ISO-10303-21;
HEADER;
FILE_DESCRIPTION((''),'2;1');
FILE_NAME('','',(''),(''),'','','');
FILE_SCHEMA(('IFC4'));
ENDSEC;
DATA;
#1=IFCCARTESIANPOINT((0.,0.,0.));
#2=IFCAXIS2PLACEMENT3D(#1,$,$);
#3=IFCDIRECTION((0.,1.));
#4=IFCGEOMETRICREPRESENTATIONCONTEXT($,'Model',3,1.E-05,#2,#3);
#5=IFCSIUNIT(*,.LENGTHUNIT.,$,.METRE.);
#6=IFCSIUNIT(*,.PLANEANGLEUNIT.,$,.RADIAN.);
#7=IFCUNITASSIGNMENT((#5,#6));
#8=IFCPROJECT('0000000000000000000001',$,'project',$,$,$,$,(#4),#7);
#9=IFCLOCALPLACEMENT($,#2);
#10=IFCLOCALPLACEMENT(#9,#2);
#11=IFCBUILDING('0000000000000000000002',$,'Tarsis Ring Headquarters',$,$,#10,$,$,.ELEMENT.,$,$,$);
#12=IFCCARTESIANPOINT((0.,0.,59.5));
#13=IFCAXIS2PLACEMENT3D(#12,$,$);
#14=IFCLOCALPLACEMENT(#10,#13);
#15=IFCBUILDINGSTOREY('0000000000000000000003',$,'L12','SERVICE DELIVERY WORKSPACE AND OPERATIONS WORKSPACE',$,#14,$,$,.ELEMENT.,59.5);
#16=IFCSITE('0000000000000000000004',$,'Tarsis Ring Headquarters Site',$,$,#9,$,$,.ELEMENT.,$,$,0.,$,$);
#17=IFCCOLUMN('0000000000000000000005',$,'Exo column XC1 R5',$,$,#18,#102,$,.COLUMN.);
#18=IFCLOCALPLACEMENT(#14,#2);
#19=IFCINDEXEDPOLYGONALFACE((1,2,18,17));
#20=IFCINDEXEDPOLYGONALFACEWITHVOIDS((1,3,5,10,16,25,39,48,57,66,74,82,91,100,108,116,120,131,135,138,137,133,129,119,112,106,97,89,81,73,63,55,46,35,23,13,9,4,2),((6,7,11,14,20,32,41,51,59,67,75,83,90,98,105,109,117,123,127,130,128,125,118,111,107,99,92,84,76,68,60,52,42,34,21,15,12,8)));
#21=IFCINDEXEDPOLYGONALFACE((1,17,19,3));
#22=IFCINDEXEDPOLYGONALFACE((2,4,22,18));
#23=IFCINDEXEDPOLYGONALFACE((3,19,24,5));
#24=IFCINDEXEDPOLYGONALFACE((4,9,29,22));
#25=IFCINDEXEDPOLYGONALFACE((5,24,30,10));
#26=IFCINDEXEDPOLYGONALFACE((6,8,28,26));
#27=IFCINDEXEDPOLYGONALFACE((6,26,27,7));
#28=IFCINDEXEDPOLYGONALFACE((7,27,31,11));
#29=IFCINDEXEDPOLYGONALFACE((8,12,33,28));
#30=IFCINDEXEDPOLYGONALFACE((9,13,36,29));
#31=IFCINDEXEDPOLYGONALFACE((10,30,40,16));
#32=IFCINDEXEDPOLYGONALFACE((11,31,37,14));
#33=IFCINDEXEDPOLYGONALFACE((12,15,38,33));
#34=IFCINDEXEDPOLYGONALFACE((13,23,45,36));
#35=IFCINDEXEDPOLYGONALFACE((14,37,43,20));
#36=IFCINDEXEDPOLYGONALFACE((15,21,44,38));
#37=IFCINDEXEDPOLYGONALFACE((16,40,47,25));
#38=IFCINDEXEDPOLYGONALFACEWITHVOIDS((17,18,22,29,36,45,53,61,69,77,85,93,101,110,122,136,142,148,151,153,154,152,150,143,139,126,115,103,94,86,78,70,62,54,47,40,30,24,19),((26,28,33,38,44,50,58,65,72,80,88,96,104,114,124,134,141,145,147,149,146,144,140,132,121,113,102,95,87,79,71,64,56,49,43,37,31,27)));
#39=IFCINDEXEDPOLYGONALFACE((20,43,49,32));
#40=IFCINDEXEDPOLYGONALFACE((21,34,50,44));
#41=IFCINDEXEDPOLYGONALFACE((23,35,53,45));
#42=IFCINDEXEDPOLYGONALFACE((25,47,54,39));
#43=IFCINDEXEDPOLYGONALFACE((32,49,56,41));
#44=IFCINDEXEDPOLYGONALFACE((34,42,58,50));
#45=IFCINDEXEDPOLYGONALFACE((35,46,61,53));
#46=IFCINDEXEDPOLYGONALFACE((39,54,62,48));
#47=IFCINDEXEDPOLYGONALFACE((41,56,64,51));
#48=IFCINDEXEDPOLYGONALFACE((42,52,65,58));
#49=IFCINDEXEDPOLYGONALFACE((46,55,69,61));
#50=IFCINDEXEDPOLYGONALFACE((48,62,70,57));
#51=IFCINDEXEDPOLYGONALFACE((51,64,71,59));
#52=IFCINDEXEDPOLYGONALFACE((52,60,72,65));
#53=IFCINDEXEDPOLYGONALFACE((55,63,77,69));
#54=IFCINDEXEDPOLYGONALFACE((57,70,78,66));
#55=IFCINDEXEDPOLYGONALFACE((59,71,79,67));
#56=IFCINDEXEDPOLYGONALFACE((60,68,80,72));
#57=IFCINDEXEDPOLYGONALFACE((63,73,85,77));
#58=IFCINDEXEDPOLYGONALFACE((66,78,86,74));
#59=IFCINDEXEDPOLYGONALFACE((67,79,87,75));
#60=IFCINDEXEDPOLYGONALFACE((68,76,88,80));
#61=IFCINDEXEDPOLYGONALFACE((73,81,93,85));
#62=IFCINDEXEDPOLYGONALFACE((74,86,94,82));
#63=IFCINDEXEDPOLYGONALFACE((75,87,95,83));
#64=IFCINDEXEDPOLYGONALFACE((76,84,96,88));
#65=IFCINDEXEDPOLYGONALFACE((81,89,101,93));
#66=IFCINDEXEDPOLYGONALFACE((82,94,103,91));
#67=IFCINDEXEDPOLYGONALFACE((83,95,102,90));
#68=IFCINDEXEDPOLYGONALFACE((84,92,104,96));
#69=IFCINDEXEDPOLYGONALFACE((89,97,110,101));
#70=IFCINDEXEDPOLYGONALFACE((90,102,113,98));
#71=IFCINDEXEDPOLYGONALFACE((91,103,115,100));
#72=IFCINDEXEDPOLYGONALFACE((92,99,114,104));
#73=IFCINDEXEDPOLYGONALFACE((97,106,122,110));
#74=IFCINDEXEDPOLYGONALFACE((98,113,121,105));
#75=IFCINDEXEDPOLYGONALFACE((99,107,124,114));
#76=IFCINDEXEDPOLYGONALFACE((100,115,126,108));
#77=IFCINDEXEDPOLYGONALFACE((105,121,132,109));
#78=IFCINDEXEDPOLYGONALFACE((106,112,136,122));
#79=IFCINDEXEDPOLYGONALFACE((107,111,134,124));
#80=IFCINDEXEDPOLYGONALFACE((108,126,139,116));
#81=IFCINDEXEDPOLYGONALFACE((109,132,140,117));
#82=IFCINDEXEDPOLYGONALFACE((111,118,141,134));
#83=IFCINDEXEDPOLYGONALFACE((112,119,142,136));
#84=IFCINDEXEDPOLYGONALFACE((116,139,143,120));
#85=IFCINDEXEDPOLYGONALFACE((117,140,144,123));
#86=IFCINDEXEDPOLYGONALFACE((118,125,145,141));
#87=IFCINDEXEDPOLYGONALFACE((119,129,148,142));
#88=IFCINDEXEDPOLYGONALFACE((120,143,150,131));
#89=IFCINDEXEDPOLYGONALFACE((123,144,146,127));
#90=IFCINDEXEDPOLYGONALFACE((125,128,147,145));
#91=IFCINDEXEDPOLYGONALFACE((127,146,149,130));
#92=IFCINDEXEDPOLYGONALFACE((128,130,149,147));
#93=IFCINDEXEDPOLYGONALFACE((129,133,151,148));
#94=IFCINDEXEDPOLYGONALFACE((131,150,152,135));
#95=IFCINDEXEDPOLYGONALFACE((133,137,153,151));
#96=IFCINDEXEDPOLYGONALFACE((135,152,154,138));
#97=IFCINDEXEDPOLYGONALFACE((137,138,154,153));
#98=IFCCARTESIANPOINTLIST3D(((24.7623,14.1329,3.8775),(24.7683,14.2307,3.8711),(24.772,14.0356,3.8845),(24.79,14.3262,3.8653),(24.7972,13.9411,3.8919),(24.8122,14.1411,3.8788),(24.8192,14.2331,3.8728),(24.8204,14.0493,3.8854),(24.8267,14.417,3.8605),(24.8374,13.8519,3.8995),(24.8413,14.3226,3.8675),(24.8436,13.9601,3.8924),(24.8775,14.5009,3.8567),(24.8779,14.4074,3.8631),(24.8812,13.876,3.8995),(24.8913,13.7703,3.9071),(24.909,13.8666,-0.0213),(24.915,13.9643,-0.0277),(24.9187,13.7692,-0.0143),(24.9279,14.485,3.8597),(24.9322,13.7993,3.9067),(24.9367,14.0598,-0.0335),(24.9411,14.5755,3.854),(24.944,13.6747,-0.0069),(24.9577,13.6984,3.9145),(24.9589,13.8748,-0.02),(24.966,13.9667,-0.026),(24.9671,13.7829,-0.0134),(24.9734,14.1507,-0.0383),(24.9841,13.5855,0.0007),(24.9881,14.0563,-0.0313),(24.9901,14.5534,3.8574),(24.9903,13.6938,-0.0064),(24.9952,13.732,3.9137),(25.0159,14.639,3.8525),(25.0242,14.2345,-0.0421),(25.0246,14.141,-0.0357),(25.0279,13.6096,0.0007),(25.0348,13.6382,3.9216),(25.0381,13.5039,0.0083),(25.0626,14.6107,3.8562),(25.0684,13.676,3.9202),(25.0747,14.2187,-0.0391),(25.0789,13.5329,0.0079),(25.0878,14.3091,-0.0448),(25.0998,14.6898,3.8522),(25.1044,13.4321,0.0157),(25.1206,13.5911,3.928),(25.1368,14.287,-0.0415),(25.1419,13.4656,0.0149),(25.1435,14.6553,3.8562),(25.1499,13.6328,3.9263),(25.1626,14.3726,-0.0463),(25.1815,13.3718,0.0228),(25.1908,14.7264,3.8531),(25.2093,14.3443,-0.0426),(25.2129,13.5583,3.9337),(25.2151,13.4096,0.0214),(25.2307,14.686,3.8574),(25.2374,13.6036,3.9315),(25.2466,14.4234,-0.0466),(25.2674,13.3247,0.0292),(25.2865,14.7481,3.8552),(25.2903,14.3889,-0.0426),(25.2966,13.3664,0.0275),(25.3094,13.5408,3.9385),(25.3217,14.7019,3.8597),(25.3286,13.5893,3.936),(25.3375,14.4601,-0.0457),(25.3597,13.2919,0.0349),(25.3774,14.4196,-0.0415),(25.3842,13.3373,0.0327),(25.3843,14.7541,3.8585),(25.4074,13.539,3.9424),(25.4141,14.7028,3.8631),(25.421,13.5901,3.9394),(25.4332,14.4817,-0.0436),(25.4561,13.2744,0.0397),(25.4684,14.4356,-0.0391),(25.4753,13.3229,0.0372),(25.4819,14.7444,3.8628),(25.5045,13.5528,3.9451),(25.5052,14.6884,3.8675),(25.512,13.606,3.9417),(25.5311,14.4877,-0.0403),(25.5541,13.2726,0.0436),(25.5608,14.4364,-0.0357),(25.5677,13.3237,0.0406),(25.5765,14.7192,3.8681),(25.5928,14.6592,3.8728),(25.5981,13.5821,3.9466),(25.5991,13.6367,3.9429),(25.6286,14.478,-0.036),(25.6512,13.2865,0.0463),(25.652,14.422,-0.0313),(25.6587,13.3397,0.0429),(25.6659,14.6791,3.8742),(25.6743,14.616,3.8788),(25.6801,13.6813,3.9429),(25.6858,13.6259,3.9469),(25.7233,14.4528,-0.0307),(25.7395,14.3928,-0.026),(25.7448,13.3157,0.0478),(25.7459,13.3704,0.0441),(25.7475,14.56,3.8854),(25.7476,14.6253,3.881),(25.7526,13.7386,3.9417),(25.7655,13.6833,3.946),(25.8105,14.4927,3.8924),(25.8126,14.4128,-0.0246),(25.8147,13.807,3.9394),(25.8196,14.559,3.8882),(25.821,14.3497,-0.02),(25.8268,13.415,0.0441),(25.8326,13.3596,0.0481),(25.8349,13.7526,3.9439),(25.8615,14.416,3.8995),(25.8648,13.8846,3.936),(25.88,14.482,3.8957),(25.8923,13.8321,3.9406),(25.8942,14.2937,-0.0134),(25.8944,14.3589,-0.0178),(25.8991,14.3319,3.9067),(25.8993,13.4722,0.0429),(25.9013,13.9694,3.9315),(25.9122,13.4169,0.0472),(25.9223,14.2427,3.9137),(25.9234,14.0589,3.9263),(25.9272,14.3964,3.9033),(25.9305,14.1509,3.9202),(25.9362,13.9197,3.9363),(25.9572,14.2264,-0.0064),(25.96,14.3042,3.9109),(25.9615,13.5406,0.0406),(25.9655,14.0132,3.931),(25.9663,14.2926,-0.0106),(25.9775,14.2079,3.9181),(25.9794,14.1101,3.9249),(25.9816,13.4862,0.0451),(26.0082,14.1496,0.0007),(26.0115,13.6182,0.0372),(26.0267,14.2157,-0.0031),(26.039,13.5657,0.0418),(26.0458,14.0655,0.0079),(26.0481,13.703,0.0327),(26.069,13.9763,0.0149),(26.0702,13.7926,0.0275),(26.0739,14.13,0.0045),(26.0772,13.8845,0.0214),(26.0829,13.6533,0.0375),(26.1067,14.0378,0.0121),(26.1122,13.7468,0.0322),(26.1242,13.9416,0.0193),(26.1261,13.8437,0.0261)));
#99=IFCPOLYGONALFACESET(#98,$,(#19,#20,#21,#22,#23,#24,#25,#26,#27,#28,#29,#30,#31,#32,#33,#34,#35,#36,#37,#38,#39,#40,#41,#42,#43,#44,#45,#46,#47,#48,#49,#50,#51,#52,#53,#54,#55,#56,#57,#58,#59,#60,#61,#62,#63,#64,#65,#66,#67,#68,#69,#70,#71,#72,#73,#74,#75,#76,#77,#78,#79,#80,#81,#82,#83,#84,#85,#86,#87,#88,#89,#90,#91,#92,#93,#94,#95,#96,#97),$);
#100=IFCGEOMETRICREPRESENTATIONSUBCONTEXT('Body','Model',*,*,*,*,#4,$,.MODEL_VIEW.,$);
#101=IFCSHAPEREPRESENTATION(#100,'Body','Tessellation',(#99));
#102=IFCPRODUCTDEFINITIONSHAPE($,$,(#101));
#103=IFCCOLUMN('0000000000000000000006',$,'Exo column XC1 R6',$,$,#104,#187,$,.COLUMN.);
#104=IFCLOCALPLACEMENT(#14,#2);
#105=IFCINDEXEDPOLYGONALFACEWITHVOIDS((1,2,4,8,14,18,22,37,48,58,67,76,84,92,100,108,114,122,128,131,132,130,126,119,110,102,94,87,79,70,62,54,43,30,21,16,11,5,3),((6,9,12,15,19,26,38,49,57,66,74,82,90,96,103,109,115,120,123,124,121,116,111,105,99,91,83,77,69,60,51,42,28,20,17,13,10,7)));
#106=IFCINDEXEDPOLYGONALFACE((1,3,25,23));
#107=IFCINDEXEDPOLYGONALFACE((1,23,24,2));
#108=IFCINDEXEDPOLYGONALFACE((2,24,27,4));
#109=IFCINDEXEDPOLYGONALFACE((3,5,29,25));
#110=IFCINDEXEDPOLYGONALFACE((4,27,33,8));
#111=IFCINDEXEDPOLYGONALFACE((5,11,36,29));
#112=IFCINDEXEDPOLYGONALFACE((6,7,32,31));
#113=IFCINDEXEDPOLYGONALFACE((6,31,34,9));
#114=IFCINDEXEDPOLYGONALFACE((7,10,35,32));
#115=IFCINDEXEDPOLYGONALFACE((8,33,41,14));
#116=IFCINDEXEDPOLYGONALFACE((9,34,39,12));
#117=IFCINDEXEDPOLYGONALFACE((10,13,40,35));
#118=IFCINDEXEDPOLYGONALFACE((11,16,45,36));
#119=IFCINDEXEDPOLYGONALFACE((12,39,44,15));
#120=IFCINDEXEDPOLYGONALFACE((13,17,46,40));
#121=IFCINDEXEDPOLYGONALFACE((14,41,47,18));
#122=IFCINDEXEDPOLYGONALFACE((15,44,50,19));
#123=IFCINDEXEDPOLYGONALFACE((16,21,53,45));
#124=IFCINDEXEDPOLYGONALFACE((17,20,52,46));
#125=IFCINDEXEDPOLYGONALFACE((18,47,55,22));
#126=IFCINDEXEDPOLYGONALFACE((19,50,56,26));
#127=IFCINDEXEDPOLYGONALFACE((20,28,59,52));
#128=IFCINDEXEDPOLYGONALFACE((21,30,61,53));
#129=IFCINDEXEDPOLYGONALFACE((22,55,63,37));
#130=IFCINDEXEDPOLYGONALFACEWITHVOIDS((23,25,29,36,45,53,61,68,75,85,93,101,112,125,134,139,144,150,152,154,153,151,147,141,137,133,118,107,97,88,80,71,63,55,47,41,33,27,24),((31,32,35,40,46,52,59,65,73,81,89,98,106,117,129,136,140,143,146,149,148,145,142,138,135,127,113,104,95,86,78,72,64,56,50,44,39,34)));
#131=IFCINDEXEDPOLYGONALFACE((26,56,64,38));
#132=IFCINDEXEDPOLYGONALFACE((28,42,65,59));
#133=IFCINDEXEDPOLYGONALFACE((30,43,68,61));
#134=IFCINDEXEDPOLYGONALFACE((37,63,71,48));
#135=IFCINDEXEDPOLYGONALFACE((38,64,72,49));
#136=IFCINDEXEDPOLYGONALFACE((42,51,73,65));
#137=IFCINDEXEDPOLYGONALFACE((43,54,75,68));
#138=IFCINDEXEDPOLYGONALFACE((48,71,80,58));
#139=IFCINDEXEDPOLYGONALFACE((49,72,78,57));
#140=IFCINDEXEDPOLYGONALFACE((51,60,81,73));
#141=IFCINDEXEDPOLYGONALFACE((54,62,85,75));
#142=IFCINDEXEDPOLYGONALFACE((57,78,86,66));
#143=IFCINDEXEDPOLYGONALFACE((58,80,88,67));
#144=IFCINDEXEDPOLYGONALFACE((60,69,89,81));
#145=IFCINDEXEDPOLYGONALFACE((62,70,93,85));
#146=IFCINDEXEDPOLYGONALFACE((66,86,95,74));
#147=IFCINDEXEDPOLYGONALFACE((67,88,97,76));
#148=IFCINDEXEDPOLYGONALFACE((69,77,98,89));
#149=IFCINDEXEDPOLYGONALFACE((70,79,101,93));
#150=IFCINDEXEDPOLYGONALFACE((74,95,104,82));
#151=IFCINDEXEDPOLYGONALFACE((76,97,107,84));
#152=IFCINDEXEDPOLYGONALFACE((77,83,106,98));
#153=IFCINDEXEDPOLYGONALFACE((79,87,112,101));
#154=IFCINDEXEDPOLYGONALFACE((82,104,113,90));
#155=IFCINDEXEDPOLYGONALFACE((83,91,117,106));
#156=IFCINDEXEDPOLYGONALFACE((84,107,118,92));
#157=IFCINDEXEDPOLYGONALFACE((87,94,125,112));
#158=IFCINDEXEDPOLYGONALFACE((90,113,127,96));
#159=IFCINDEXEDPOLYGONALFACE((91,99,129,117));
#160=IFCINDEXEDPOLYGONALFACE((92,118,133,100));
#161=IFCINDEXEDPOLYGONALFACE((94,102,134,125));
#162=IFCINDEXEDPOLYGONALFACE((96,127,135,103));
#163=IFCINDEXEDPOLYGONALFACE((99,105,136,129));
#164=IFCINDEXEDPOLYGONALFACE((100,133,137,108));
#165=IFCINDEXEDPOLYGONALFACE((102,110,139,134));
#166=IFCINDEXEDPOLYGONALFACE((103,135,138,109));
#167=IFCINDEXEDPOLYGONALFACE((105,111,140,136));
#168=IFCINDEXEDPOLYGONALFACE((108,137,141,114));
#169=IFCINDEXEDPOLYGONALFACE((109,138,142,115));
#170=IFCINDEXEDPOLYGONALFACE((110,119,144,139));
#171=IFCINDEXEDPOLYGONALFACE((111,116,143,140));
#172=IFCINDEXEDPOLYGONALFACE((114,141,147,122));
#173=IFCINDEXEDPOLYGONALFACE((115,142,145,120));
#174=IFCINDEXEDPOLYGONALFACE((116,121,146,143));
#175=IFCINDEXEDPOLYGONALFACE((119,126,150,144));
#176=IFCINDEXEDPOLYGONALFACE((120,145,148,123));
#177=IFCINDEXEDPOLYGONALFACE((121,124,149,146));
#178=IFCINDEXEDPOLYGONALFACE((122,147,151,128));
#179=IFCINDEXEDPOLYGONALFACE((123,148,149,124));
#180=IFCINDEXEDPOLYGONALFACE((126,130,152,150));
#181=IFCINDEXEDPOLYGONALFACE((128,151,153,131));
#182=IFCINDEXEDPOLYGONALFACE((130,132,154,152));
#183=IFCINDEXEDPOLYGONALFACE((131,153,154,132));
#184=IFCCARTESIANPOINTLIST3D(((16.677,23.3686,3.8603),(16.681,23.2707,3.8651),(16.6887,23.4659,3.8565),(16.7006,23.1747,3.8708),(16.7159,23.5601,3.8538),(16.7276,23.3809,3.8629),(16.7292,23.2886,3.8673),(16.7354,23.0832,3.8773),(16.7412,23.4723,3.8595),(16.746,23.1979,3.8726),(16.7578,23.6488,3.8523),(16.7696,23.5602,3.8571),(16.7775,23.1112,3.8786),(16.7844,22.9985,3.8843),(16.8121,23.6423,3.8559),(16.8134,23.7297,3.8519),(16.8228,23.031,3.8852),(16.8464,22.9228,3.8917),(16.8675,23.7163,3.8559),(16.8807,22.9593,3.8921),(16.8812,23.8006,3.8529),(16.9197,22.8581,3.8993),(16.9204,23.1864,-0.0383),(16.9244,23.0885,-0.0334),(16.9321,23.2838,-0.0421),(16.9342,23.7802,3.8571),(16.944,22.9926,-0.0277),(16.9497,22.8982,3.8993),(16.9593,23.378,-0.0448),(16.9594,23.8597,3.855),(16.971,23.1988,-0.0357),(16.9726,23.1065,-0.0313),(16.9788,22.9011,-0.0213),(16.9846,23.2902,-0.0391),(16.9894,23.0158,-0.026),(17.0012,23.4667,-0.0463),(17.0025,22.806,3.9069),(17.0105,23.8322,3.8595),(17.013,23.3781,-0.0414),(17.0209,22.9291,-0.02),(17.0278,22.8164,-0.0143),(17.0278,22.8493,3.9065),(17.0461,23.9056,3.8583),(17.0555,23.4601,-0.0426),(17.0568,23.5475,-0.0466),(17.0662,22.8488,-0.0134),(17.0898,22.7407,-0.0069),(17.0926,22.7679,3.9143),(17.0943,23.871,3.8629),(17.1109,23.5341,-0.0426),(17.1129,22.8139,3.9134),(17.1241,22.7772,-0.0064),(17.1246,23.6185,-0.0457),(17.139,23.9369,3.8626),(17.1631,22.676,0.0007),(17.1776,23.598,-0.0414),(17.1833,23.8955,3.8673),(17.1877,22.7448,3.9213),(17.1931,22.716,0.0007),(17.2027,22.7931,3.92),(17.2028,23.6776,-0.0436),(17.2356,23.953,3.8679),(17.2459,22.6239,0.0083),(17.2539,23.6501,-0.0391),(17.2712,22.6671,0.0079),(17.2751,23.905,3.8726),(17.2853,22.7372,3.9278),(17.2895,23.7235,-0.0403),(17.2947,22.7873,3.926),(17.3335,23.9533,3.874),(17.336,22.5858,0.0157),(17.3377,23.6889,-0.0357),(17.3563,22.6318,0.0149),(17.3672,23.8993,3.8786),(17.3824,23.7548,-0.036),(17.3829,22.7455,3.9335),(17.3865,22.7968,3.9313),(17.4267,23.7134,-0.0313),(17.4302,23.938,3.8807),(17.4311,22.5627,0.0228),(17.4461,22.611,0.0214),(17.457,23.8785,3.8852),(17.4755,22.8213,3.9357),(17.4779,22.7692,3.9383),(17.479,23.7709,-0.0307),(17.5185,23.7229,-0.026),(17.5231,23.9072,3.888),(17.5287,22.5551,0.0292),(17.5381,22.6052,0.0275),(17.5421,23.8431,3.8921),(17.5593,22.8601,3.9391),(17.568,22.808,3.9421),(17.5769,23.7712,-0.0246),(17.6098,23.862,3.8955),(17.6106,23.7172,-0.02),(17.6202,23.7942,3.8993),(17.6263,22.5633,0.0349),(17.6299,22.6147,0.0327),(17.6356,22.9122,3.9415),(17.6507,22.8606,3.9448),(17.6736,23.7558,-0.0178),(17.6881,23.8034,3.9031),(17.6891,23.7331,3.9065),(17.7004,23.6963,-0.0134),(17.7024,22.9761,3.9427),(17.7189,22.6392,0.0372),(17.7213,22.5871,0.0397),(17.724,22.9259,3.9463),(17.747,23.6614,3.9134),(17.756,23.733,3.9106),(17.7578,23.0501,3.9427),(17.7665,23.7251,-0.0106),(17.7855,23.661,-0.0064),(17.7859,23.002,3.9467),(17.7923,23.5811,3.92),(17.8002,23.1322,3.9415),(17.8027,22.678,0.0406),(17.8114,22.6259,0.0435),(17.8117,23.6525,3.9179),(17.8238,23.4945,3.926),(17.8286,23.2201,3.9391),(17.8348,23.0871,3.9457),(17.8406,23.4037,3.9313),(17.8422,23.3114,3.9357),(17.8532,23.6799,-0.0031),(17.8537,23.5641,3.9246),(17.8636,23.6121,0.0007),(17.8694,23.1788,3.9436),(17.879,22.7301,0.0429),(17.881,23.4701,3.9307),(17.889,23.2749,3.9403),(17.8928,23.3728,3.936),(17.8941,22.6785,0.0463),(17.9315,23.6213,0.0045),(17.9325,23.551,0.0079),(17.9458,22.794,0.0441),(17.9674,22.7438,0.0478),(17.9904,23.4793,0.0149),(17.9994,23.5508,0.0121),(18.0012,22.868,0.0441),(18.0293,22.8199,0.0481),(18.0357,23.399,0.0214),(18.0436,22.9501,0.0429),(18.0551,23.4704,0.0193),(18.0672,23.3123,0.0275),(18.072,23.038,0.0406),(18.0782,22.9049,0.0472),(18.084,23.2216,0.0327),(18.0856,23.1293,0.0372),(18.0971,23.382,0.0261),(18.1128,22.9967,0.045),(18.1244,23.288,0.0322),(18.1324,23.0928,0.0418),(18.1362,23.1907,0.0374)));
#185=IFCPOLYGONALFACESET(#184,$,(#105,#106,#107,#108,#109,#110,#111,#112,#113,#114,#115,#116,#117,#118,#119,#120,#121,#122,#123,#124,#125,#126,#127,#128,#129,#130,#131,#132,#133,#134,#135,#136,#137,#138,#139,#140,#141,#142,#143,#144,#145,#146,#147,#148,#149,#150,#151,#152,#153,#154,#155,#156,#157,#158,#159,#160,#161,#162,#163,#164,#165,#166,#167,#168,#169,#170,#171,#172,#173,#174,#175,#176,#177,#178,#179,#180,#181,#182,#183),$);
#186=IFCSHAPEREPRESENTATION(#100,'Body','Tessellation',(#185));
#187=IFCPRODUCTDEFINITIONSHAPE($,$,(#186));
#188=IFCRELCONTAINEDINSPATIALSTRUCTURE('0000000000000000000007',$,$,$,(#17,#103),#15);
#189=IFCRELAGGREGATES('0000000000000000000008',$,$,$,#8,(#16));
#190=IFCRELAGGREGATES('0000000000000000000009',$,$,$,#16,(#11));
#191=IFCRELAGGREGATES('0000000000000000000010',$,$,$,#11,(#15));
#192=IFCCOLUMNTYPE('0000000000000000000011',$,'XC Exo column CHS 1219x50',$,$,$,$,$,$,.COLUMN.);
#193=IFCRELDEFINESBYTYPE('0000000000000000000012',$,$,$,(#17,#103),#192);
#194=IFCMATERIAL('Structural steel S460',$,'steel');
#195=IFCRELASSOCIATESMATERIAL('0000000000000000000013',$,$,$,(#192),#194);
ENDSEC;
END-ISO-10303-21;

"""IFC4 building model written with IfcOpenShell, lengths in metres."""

from ifc_helpers import new_model, si_unit, direction, frame, origin, origin_2d, place, context, subcontext, project, spatial, hollow_circle, extrude, material, material_profile, profile_set, type_object, element, save


model = new_model("IFC4")

# Units and contexts
model_context = context("Model", 3, precision=1e-05, world=origin(), true_north=direction((0.0, 1.0)))
body_context = subcontext(model_context, "Body", "Model", "MODEL_VIEW")
ifc_project = project(units=[si_unit("LENGTHUNIT", "METRE"), si_unit("PLANEANGLEUNIT", "RADIAN")], contexts=[model_context])

# Site, building, storey
site_placement = place(None, origin())
site = spatial("IfcSite", under=ifc_project, at=site_placement, Name="Tarsis Ring Headquarters Site", CompositionType="ELEMENT", RefElevation=0.0)
building_placement = place(site_placement, origin())
building = spatial("IfcBuilding", under=site, at=building_placement, Name="Tarsis Ring Headquarters", CompositionType="ELEMENT")
storey_placement = place(building_placement, frame((0.0, 0.0, 59.5)))
storey = spatial("IfcBuildingStorey", under=building, at=storey_placement, Name="L12", Description="SERVICE DELIVERY WORKSPACE AND OPERATIONS WORKSPACE", CompositionType="ELEMENT", Elevation=59.5)

# Columns
ifc_material_1 = material(Name="Structural steel S460", Category="steel")
ifc_material_profile_1 = material_profile(ifc_material_1, hollow_circle(Radius=0.6096, WallThickness=0.05, at=origin_2d()), Name="CHS 1219x50")
ifc_profile_set_1 = profile_set([ifc_material_profile_1], Name="Structural steel S460")
column_type = type_object("IfcColumnType", Name="XC Exo column CHS 1219x50", PredefinedType="COLUMN", material=ifc_profile_set_1)
column_1_placement = place(storey_placement, frame((25.5181, 13.8796, 0.0007), z_axis=(-0.037521, 0.068113, 0.996972), x_axis=(-0.875894, -0.482504, 0.0)))
element("IfcColumn", 1, at=column_1_placement, inside=storey, type_object=column_type, Name="Exo column XC1 R5", PredefinedType="COLUMN", context=body_context, shape_type="SweptSolid", body=[
    extrude(hollow_circle(Radius=0.6096, WallThickness=0.05, at=origin_2d()), origin(), (0.0, 0.0, 1.0), 3.9106),
])
column_2_placement = place(storey_placement, frame((17.5283, 23.1641, 0.0007), z_axis=(-0.062245, 0.046574, 0.996974), x_axis=(-0.5991, -0.800674, 0.0)))
element("IfcColumn", 2, at=column_2_placement, inside=storey, type_object=column_type, Name="Exo column XC1 R6", PredefinedType="COLUMN", context=body_context, shape_type="SweptSolid", body=[
    extrude(hollow_circle(Radius=0.6096, WallThickness=0.05, at=origin_2d()), origin(), (0.0, 0.0, 1.0), 3.9104),
])

save(model, "model.ifc")
